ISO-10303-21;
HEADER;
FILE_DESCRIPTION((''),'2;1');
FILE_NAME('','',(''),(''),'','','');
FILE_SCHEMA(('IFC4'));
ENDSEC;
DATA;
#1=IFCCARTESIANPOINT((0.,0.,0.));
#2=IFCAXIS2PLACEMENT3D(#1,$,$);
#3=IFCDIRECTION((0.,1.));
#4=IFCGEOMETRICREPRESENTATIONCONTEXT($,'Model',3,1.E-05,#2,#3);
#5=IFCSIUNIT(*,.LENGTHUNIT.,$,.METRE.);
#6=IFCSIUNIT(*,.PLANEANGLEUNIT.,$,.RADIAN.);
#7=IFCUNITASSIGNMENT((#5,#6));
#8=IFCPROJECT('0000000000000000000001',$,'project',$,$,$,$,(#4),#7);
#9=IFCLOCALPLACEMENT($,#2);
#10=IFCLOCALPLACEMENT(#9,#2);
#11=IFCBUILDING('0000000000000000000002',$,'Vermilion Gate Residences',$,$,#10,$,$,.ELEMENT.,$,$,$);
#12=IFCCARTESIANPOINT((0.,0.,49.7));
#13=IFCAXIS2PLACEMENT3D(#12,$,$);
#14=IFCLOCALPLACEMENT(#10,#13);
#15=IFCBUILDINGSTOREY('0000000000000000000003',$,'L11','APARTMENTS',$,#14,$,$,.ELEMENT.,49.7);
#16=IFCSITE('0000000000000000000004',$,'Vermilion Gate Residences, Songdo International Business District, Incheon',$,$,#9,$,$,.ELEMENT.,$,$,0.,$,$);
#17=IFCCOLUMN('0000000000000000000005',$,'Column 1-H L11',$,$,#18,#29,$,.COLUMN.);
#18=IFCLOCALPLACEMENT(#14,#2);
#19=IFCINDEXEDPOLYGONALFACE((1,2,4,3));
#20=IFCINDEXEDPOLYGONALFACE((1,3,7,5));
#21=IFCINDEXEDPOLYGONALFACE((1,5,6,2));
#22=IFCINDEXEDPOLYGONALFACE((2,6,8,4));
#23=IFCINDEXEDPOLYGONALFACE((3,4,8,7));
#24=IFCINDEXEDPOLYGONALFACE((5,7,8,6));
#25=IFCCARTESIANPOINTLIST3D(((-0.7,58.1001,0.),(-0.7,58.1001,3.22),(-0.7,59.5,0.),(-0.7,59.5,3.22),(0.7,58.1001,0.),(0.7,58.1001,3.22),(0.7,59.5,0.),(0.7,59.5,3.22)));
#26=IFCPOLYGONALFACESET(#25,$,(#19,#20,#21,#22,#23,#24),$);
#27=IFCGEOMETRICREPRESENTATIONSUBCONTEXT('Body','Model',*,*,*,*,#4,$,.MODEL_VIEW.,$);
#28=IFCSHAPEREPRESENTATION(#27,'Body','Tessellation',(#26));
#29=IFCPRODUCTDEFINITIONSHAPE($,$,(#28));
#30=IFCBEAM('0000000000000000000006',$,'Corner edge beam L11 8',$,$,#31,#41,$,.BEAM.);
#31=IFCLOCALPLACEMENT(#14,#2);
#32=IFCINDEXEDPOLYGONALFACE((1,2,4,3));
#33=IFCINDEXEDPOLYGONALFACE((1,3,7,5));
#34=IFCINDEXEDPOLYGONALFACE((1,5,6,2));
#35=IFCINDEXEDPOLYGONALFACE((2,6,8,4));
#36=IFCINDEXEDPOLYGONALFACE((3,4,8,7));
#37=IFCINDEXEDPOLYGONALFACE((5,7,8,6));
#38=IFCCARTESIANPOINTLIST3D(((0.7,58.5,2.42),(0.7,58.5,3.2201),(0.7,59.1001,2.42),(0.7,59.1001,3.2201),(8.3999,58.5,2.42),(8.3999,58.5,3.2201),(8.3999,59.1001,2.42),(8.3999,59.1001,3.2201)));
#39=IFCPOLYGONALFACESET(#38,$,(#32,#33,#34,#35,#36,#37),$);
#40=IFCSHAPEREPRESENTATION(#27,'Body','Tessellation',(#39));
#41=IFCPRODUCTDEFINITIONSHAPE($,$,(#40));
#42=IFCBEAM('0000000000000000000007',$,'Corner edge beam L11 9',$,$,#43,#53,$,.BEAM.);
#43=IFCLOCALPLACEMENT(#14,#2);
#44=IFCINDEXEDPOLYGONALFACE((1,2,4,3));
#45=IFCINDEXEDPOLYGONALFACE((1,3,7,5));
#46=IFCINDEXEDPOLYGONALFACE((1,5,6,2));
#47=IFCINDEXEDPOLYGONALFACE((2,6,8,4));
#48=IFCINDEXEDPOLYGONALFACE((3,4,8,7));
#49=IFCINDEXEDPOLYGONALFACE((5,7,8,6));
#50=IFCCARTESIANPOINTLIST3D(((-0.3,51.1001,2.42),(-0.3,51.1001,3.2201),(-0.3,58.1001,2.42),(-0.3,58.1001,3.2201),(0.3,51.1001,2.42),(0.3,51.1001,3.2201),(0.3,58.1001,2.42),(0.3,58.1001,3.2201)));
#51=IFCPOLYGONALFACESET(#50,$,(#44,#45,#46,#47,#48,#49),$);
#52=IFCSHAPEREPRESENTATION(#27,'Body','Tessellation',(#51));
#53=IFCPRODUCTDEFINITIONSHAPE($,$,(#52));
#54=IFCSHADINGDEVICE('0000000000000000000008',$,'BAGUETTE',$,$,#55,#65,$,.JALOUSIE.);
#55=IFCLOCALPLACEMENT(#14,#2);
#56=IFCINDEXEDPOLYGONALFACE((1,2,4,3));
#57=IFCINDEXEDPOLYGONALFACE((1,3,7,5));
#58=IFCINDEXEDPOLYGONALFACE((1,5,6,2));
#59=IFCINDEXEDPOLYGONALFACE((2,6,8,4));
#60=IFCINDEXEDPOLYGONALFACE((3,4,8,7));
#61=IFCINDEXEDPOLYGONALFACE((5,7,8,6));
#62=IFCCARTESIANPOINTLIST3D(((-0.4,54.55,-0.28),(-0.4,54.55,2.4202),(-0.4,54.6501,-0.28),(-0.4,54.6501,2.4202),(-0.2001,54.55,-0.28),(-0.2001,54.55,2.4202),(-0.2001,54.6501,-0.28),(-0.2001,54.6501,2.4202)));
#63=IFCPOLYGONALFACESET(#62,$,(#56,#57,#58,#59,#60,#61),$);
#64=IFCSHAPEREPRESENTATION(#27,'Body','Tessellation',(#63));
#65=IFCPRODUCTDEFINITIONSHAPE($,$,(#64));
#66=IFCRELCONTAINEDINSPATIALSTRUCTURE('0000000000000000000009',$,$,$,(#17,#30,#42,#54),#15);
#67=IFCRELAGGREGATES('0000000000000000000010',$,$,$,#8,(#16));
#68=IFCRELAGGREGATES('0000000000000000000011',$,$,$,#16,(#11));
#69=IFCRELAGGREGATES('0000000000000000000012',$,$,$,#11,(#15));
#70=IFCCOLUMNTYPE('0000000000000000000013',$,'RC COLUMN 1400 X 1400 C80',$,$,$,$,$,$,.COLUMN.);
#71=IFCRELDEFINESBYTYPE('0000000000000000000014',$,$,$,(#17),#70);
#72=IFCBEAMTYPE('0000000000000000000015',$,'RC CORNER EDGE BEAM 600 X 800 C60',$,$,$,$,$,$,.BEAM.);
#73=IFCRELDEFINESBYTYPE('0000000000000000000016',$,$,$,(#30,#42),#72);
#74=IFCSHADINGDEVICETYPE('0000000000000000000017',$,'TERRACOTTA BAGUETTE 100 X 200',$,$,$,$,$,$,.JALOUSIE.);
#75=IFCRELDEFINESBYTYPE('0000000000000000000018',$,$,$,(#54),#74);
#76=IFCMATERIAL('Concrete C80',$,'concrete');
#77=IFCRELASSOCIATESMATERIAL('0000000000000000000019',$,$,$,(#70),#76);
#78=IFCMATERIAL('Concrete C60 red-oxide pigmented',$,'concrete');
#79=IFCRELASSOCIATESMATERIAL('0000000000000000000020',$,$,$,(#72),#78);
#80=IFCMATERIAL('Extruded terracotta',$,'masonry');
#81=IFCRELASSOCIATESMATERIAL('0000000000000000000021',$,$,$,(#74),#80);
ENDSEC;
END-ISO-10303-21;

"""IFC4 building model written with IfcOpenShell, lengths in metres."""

from ifc_helpers import new_model, si_unit, direction, frame, origin, origin_2d, place, context, subcontext, project, spatial, rectangle, extrude, material, material_profile, profile_set, type_object, element, save


model = new_model("IFC4")

# Units and contexts
model_context = context("Model", 3, precision=1e-05, world=origin(), true_north=direction((0.0, 1.0)))
body_context = subcontext(model_context, "Body", "Model", "MODEL_VIEW")
ifc_project = project(units=[si_unit("LENGTHUNIT", "METRE"), si_unit("PLANEANGLEUNIT", "RADIAN")], contexts=[model_context])

# Site, building, storey
site_placement = place(None, origin())
site = spatial("IfcSite", under=ifc_project, at=site_placement, Name="Vermilion Gate Residences, Songdo International Business District, Incheon", CompositionType="ELEMENT", RefElevation=0.0)
building_placement = place(site_placement, origin())
building = spatial("IfcBuilding", under=site, at=building_placement, Name="Vermilion Gate Residences", CompositionType="ELEMENT")
storey_placement = place(building_placement, frame((0.0, 0.0, 49.7)))
storey = spatial("IfcBuildingStorey", under=building, at=storey_placement, Name="L11", Description="APARTMENTS", CompositionType="ELEMENT", Elevation=49.7)

# Column
ifc_material_1 = material(Name="Concrete C80", Category="concrete")
ifc_material_profile_1 = material_profile(ifc_material_1, rectangle(XDim=1.3999, YDim=1.3999, at=origin_2d()), Name="RC-1400x1400")
ifc_profile_set_1 = profile_set([ifc_material_profile_1], Name="Concrete C80")
column_type = type_object("IfcColumnType", Name="RC COLUMN 1400 X 1400 C80", PredefinedType="COLUMN", material=ifc_profile_set_1)
column_placement = place(storey_placement, frame((0.0, 58.8, 0.0), z_axis=(0.0, 0.0, 1.0), x_axis=(1.0, 0.0, 0.0)))
element("IfcColumn", 1, at=column_placement, inside=storey, type_object=column_type, Name="Column 1-H L11", PredefinedType="COLUMN", context=body_context, shape_type="SweptSolid", body=[
    extrude(rectangle(XDim=1.3999, YDim=1.3999, at=origin_2d()), origin(), (0.0, 0.0, 1.0), 3.22),
])

# Beams
ifc_material_2 = material(Name="Concrete C60 red-oxide pigmented", Category="concrete")
ifc_material_profile_2 = material_profile(ifc_material_2, rectangle(XDim=0.6001, YDim=0.8, at=origin_2d()), Name="RC-600x800")
ifc_profile_set_2 = profile_set([ifc_material_profile_2], Name="Concrete C60 red-oxide pigmented")
beam_type = type_object("IfcBeamType", Name="RC CORNER EDGE BEAM 600 X 800 C60", PredefinedType="BEAM", material=ifc_profile_set_2)
beam_1_placement = place(storey_placement, frame((0.7, 58.8, 2.8201), z_axis=(1.0, 0.0, 0.0), x_axis=(0.0, 1.0, 0.0)))
element("IfcBeam", 2, at=beam_1_placement, inside=storey, type_object=beam_type, Name="Corner edge beam L11 8", PredefinedType="BEAM", context=body_context, shape_type="SweptSolid", body=[
    extrude(rectangle(XDim=0.6001, YDim=0.8, at=origin_2d()), origin(), (0.0, 0.0, 1.0), 7.7),
])
beam_2_placement = place(storey_placement, frame((0.0, 51.1001, 2.8201), z_axis=(0.0, 1.0, 0.0), x_axis=(-1.0, 0.0, 0.0)))
element("IfcBeam", 3, at=beam_2_placement, inside=storey, type_object=beam_type, Name="Corner edge beam L11 9", PredefinedType="BEAM", context=body_context, shape_type="SweptSolid", body=[
    extrude(rectangle(XDim=0.6001, YDim=0.8, at=origin_2d()), origin(), (0.0, 0.0, 1.0), 7.0),
])

# Shading device
ifc_material_3 = material(Name="Extruded terracotta", Category="masonry")
ifc_material_profile_3 = material_profile(ifc_material_3, rectangle(XDim=0.2, YDim=0.1001, at=origin_2d()), Name="BAGUETTE 100 X 200")
ifc_profile_set_3 = profile_set([ifc_material_profile_3], Name="Extruded terracotta")
shading_device_type = type_object("IfcShadingDeviceType", Name="TERRACOTTA BAGUETTE 100 X 200", PredefinedType="JALOUSIE", material=ifc_profile_set_3)
shading_device_placement = place(storey_placement, frame((-0.3, 54.6001, -0.28), z_axis=(0.0, 0.0, 1.0), x_axis=(1.0, 0.0, 0.0)))
element("IfcShadingDevice", 4, at=shading_device_placement, inside=storey, type_object=shading_device_type, Name="BAGUETTE", PredefinedType="JALOUSIE", context=body_context, shape_type="SweptSolid", body=[
    extrude(rectangle(XDim=0.2, YDim=0.1001, at=origin_2d()), origin(), (0.0, 0.0, 1.0), 2.7002),
])

save(model, "model.ifc")
